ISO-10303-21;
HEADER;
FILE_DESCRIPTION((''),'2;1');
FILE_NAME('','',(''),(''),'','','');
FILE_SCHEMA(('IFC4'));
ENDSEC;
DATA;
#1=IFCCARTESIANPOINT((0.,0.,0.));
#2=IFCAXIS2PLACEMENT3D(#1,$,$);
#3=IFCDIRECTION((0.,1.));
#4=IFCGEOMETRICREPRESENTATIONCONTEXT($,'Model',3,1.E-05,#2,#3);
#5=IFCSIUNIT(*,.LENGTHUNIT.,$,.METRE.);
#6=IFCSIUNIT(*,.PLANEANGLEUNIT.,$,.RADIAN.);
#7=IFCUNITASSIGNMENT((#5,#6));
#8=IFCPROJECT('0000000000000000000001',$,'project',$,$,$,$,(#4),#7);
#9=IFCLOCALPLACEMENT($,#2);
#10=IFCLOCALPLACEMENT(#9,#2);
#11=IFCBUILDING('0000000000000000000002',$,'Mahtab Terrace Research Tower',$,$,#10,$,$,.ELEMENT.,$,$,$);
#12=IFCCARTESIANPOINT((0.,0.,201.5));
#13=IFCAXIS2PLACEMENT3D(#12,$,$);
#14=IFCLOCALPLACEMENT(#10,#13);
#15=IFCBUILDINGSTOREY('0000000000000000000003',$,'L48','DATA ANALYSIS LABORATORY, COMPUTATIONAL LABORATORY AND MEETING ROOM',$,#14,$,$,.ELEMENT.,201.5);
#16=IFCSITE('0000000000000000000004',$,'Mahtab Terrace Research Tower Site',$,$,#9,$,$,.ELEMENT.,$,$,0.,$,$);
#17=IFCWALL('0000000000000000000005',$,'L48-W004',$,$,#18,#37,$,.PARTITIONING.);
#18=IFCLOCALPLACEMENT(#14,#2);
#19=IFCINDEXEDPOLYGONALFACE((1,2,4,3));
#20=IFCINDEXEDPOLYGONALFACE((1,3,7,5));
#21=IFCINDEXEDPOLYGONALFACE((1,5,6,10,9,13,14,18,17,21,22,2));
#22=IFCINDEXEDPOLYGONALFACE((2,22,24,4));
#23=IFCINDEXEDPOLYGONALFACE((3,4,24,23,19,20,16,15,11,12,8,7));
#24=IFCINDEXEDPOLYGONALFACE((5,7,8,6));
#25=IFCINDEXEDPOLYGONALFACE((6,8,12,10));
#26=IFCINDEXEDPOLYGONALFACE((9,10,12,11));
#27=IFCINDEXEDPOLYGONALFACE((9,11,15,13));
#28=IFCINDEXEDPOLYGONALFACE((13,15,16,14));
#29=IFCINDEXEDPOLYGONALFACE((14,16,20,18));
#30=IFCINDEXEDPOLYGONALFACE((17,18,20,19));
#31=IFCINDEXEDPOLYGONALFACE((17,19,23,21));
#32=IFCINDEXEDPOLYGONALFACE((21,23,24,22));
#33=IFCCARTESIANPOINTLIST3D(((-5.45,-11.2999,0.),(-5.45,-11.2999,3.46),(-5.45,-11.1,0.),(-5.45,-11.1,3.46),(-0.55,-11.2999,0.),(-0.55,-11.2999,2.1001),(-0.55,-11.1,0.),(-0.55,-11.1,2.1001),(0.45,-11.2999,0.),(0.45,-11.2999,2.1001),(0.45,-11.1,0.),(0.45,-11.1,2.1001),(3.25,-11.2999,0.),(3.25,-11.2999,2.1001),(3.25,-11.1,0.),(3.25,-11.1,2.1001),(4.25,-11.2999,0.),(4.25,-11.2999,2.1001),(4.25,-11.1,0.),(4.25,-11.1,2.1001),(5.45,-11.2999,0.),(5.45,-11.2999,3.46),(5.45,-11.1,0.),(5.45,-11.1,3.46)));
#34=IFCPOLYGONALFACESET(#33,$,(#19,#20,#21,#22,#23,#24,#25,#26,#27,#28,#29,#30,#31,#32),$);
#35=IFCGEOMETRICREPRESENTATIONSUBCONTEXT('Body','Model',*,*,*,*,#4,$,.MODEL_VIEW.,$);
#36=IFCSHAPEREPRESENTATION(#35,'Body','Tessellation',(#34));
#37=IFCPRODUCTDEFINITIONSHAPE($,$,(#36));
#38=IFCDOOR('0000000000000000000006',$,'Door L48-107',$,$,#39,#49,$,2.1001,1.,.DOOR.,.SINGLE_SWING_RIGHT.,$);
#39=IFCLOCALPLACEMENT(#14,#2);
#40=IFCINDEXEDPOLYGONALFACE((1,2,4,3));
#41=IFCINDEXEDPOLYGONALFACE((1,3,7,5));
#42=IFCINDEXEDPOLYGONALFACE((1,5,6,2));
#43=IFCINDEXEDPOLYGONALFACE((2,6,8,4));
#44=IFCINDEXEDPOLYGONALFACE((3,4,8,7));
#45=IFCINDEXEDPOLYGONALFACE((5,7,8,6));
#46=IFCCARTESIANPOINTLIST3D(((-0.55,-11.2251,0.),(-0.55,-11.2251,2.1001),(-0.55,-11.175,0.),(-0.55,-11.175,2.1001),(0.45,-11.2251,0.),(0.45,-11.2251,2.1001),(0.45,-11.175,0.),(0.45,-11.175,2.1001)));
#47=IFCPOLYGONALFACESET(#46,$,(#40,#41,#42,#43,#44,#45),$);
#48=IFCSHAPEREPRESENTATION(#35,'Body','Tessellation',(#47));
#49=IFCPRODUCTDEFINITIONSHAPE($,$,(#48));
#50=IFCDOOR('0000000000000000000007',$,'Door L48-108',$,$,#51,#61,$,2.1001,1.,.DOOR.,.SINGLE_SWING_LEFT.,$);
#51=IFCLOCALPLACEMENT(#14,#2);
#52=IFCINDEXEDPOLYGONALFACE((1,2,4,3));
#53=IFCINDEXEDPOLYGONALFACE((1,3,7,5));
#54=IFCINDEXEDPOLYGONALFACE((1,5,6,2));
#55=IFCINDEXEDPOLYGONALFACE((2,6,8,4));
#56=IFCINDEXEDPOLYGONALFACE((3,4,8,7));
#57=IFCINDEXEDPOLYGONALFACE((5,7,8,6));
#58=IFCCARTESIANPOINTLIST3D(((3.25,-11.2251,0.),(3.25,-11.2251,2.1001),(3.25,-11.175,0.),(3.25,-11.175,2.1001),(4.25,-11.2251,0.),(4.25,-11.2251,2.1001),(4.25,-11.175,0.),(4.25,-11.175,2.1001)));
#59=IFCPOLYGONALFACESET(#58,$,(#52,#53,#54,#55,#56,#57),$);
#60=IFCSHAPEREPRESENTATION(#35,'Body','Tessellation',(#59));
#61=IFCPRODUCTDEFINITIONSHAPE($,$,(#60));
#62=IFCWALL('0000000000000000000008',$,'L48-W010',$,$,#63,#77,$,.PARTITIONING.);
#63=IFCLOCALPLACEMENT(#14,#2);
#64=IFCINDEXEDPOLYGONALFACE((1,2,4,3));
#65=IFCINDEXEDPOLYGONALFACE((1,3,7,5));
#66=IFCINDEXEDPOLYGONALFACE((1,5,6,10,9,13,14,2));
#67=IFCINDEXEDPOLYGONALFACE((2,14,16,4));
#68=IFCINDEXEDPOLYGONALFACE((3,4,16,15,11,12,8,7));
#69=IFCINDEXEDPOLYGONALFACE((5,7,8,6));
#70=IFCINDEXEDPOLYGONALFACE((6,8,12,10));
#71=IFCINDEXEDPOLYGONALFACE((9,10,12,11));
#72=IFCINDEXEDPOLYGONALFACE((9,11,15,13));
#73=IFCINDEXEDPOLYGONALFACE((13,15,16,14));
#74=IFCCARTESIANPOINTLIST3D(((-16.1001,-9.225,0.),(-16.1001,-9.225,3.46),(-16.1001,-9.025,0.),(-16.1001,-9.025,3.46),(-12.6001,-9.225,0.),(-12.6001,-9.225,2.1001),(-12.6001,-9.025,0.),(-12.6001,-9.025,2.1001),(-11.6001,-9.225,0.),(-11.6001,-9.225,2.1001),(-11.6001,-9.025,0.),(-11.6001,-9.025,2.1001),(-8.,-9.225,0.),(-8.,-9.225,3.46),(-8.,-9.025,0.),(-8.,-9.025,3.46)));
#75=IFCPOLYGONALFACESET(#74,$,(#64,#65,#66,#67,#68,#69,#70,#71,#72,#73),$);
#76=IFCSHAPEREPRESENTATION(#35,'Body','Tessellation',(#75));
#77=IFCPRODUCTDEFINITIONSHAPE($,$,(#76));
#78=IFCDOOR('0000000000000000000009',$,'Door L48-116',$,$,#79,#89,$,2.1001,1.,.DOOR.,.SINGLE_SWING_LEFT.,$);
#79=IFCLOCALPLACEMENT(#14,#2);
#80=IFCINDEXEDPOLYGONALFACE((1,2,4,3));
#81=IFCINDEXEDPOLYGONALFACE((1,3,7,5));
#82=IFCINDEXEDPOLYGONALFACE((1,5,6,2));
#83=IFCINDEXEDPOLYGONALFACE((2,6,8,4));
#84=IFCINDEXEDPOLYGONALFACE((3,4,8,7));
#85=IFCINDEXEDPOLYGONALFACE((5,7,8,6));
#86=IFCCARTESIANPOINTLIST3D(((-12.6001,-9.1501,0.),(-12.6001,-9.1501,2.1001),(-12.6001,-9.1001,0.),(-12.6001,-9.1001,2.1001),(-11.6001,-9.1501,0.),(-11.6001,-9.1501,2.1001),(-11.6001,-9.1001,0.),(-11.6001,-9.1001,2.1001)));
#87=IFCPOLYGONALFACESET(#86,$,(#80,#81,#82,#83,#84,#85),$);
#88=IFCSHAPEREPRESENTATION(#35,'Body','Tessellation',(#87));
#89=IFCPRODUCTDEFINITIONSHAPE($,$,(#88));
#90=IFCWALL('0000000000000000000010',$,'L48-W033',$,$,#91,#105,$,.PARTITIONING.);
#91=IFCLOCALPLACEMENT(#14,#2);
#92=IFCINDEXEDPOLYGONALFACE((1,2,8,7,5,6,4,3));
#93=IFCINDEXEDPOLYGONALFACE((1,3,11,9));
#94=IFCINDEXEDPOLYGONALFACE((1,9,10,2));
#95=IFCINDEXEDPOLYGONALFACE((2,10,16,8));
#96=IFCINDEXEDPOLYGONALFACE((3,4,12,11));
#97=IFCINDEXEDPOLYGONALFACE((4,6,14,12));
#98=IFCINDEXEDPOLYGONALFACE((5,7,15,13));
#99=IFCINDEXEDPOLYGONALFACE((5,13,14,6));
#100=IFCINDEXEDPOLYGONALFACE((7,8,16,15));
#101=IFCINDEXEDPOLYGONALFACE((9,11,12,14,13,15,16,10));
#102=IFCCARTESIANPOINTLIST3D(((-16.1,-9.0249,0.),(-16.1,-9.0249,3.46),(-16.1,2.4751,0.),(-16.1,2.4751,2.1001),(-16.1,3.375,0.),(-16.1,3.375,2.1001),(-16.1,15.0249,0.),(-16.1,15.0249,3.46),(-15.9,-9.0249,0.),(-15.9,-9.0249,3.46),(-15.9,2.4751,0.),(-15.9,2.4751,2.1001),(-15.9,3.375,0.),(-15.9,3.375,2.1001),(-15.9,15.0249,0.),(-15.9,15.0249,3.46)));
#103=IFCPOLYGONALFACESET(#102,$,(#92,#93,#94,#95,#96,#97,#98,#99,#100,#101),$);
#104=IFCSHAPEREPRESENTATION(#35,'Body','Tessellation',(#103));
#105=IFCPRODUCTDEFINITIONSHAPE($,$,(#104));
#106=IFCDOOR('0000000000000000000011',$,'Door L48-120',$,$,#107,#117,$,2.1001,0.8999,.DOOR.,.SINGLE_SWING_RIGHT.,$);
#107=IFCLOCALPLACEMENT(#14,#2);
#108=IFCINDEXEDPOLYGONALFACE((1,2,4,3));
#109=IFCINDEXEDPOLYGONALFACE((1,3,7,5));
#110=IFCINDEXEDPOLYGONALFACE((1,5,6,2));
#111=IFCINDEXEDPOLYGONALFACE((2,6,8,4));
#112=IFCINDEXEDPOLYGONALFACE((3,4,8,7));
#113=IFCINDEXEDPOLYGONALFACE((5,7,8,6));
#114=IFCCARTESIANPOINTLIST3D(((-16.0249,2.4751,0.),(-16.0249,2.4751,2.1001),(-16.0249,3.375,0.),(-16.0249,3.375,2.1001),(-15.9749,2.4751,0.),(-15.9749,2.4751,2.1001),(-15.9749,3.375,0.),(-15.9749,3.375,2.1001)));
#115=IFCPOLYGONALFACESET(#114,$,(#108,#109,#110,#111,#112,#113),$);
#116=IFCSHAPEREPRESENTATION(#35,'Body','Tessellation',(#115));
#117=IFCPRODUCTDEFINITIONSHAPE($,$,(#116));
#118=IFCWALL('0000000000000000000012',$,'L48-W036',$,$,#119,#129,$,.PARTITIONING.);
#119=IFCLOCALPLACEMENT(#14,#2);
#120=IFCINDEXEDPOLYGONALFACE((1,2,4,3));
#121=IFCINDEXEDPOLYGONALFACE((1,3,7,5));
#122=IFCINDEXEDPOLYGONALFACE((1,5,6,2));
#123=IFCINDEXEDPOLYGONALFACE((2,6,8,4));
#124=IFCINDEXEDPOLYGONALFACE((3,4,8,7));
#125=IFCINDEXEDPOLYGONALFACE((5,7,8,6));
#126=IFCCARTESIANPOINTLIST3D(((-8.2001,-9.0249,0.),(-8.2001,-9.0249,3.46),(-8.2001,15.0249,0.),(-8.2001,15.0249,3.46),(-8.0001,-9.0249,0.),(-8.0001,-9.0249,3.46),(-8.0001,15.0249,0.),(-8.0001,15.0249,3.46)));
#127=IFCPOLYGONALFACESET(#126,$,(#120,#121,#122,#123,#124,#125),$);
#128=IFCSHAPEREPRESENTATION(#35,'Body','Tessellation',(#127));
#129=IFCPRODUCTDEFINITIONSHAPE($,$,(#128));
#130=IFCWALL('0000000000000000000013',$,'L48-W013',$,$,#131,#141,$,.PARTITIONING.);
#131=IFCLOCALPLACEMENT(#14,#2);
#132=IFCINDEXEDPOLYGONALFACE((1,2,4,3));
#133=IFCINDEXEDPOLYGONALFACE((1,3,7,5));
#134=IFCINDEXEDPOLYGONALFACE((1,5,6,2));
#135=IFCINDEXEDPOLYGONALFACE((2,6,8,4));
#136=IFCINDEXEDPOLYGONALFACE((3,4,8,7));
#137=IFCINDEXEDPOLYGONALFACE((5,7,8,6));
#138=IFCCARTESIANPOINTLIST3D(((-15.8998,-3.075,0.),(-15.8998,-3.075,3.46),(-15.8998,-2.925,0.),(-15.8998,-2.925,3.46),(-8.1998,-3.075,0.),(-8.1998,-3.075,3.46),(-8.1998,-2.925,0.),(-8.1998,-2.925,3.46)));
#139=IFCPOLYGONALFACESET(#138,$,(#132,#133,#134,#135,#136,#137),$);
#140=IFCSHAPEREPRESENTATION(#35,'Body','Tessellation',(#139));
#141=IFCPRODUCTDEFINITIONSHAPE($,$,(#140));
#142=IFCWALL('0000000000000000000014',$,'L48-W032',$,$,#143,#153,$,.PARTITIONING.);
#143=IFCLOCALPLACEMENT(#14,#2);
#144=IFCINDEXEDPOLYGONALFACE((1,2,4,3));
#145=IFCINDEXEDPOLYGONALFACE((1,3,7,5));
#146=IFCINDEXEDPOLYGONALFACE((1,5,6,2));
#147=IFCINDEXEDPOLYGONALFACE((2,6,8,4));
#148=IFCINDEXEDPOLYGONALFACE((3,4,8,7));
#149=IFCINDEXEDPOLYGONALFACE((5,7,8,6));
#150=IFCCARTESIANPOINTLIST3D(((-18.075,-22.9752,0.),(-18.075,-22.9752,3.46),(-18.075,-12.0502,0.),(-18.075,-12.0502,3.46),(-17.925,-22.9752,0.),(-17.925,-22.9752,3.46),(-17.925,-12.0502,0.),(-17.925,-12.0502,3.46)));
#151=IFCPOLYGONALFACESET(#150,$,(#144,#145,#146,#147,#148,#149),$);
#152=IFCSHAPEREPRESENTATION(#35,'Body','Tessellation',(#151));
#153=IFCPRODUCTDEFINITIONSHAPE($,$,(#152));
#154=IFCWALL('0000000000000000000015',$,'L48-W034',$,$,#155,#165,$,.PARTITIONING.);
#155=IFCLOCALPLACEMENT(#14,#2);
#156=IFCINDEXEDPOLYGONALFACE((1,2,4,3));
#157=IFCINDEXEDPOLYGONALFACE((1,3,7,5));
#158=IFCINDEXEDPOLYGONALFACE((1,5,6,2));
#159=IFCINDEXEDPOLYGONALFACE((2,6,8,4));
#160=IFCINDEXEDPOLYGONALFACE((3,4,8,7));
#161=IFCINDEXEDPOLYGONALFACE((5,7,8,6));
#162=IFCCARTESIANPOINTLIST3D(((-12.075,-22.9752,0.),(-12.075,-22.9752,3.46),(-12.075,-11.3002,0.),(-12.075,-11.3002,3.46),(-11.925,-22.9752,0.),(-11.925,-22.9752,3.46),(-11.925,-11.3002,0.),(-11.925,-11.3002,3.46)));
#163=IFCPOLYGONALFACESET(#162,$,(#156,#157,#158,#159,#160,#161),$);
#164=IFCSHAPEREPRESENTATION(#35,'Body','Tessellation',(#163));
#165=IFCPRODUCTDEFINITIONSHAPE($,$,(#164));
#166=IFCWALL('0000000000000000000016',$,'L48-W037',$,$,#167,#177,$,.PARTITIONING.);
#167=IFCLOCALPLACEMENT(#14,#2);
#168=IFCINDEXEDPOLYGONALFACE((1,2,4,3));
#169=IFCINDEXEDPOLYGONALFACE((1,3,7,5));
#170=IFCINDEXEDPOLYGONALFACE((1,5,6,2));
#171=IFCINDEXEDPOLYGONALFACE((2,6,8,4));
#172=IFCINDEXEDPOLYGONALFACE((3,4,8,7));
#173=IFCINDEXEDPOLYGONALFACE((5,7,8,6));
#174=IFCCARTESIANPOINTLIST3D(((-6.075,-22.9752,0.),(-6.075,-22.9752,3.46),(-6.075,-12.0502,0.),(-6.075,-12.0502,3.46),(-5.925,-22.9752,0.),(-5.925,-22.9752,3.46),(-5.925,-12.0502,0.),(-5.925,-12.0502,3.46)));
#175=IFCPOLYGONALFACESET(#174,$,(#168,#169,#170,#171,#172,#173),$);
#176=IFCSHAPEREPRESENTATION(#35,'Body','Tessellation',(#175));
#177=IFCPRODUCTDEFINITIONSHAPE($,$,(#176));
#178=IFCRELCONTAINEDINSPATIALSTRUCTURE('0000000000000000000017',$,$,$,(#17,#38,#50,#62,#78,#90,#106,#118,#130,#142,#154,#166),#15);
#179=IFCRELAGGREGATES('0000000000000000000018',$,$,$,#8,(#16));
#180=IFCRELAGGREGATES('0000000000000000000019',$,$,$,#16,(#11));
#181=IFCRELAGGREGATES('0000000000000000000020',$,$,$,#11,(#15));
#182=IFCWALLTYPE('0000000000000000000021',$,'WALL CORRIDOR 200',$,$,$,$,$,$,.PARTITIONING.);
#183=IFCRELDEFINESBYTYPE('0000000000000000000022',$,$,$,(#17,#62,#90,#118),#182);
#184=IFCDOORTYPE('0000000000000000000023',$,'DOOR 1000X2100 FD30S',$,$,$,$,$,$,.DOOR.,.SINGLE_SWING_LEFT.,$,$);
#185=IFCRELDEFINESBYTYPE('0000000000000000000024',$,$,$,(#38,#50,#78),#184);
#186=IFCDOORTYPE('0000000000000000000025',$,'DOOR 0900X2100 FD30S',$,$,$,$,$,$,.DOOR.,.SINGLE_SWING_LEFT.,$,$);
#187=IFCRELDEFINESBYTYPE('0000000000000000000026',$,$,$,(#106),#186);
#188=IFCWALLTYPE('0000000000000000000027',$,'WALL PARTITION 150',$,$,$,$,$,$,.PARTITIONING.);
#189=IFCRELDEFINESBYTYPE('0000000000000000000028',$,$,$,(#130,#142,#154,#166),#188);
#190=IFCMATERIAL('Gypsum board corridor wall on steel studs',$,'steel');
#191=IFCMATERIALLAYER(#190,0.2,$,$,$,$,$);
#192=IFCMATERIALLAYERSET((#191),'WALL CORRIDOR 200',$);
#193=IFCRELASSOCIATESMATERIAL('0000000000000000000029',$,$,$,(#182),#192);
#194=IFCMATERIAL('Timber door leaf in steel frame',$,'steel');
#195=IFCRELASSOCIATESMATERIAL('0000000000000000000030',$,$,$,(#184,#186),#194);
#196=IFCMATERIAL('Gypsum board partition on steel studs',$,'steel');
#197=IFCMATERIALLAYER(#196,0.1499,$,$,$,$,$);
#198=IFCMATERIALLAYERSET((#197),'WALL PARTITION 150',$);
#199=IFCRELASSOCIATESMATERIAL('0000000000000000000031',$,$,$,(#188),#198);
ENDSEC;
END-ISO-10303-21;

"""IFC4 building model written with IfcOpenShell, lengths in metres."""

from ifc_helpers import new_model, si_unit, direction, frame, frame_2d, origin, place, context, subcontext, project, spatial, rectangle, extrude, material, layer, layer_set, type_object, element, fill, save


model = new_model("IFC4")

# Units and contexts
model_context = context("Model", 3, precision=1e-05, world=origin(), true_north=direction((0.0, 1.0)))
body_context = subcontext(model_context, "Body", "Model", "MODEL_VIEW")
ifc_project = project(units=[si_unit("LENGTHUNIT", "METRE"), si_unit("PLANEANGLEUNIT", "RADIAN")], contexts=[model_context])

# Site, building, storey
site_placement = place(None, origin())
site = spatial("IfcSite", under=ifc_project, at=site_placement, Name="Mahtab Terrace Research Tower Site", CompositionType="ELEMENT", RefElevation=0.0)
building_placement = place(site_placement, origin())
building = spatial("IfcBuilding", under=site, at=building_placement, Name="Mahtab Terrace Research Tower", CompositionType="ELEMENT")
storey_placement = place(building_placement, frame((0.0, 0.0, 201.5)))
storey = spatial("IfcBuildingStorey", under=building, at=storey_placement, Name="L48", Description="DATA ANALYSIS LABORATORY, COMPUTATIONAL LABORATORY AND MEETING ROOM", CompositionType="ELEMENT", Elevation=201.5)

# Wall, openings, doors
ifc_material_1 = material(Name="Gypsum board corridor wall on steel studs", Category="steel")
ifc_layer_1 = layer(ifc_material_1, 0.2)
ifc_layer_set_1 = layer_set([ifc_layer_1], Name="WALL CORRIDOR 200")
wall_type_1 = type_object("IfcWallType", Name="WALL CORRIDOR 200", PredefinedType="PARTITIONING", material=ifc_layer_set_1)
ifc_material_2 = material(Name="Timber door leaf in steel frame", Category="steel")
door_type_1 = type_object("IfcDoorType", Name="DOOR 1000X2100 FD30S", OperationType="SINGLE_SWING_LEFT", PredefinedType="DOOR", material=ifc_material_2)
wall_1_placement = place(storey_placement, frame((-5.45, -11.2, 0.0), z_axis=(0.0, 0.0, 1.0), x_axis=(1.0, 0.0, 0.0)))
wall_1 = element("IfcWall", 1, at=wall_1_placement, inside=storey, type_object=wall_type_1, Name="L48-W004", PredefinedType="PARTITIONING", context=body_context, shape_type="SweptSolid", body=[
    extrude(rectangle(XDim=10.8999, YDim=0.2, at=frame_2d((5.45, 0.0))), origin(), (0.0, 0.0, 1.0), 3.46),
])
opening_1_placement = place(wall_1_placement, frame((4.8999, 0.0, 0.0)))
opening_1 = element("IfcOpeningElement", 2, at=opening_1_placement, cuts=wall_1, PredefinedType="OPENING", context=body_context, shape_type="SweptSolid", body=[
    extrude(rectangle(XDim=1.0, YDim=2.1001, at=frame_2d((0.5, 1.05))), frame((0.0, 0.1099, 0.0), z_axis=(0.0, -1.0, 0.0), x_axis=(1.0, 0.0, 0.0)), (0.0, 0.0, 1.0), 0.22),
])
opening_2_placement = place(wall_1_placement, frame((8.7, 0.0, 0.0)))
opening_2 = element("IfcOpeningElement", 3, at=opening_2_placement, cuts=wall_1, PredefinedType="OPENING", context=body_context, shape_type="SweptSolid", body=[
    extrude(rectangle(XDim=1.0, YDim=2.1001, at=frame_2d((0.5, 1.05))), frame((0.0, 0.1099, 0.0), z_axis=(0.0, -1.0, 0.0), x_axis=(1.0, 0.0, 0.0)), (0.0, 0.0, 1.0), 0.22),
])
door_1_placement = place(opening_1_placement, origin())
door_1 = element("IfcDoor", 4, at=door_1_placement, inside=storey, type_object=door_type_1, Name="Door L48-107", OperationType="SINGLE_SWING_RIGHT", OverallHeight=2.1001, OverallWidth=1.0, PredefinedType="DOOR", context=body_context, shape_type="SweptSolid", body=[
    extrude(rectangle(XDim=1.0, YDim=2.1001, at=frame_2d((0.5, 1.05))), frame((0.0, 0.0249, 0.0), z_axis=(0.0, -1.0, 0.0), x_axis=(1.0, 0.0, 0.0)), (0.0, 0.0, 1.0), 0.05),
])
fill(opening_1, door_1)
door_2_placement = place(opening_2_placement, origin())
door_2 = element("IfcDoor", 5, at=door_2_placement, inside=storey, type_object=door_type_1, Name="Door L48-108", OperationType="SINGLE_SWING_LEFT", OverallHeight=2.1001, OverallWidth=1.0, PredefinedType="DOOR", context=body_context, shape_type="SweptSolid", body=[
    extrude(rectangle(XDim=1.0, YDim=2.1001, at=frame_2d((0.5, 1.05))), frame((0.0, 0.0249, 0.0), z_axis=(0.0, -1.0, 0.0), x_axis=(1.0, 0.0, 0.0)), (0.0, 0.0, 1.0), 0.05),
])
fill(opening_2, door_2)

# Walls, openings, doors
wall_2_placement = place(storey_placement, frame((-16.1001, -9.125, 0.0), z_axis=(0.0, 0.0, 1.0), x_axis=(1.0, 0.0, 0.0)))
wall_2 = element("IfcWall", 6, at=wall_2_placement, inside=storey, type_object=wall_type_1, Name="L48-W010", PredefinedType="PARTITIONING", context=body_context, shape_type="SweptSolid", body=[
    extrude(rectangle(XDim=8.1001, YDim=0.2, at=frame_2d((4.05, 0.0))), origin(), (0.0, 0.0, 1.0), 3.46),
])
opening_3_placement = place(wall_2_placement, frame((3.5, 0.0, 0.0)))
opening_3 = element("IfcOpeningElement", 7, at=opening_3_placement, cuts=wall_2, PredefinedType="OPENING", context=body_context, shape_type="SweptSolid", body=[
    extrude(rectangle(XDim=1.0, YDim=2.1001, at=frame_2d((0.5, 1.05))), frame((0.0, 0.1099, 0.0), z_axis=(0.0, -1.0, 0.0), x_axis=(1.0, 0.0, 0.0)), (0.0, 0.0, 1.0), 0.22),
])
door_3_placement = place(opening_3_placement, origin())
door_3 = element("IfcDoor", 8, at=door_3_placement, inside=storey, type_object=door_type_1, Name="Door L48-116", OperationType="SINGLE_SWING_LEFT", OverallHeight=2.1001, OverallWidth=1.0, PredefinedType="DOOR", context=body_context, shape_type="SweptSolid", body=[
    extrude(rectangle(XDim=1.0, YDim=2.1001, at=frame_2d((0.5, 1.05))), frame((0.0, 0.0249, 0.0), z_axis=(0.0, -1.0, 0.0), x_axis=(1.0, 0.0, 0.0)), (0.0, 0.0, 1.0), 0.05),
])
fill(opening_3, door_3)
wall_3_placement = place(storey_placement, frame((-16.0, -9.0249, 0.0), z_axis=(0.0, 0.0, 1.0), x_axis=(0.0, 1.0, 0.0)))
wall_3 = element("IfcWall", 9, at=wall_3_placement, inside=storey, type_object=wall_type_1, Name="L48-W033", PredefinedType="PARTITIONING", context=body_context, shape_type="SweptSolid", body=[
    extrude(rectangle(XDim=24.0498, YDim=0.2, at=frame_2d((12.0249, 0.0))), origin(), (0.0, 0.0, 1.0), 3.46),
])
opening_4_placement = place(wall_3_placement, frame((11.5, 0.0, 0.0)))
opening_4 = element("IfcOpeningElement", 10, at=opening_4_placement, cuts=wall_3, PredefinedType="OPENING", context=body_context, shape_type="SweptSolid", body=[
    extrude(rectangle(XDim=0.8999, YDim=2.1001, at=frame_2d((0.45, 1.05))), frame((0.0, 0.1099, 0.0), z_axis=(0.0, -1.0, 0.0), x_axis=(1.0, 0.0, 0.0)), (0.0, 0.0, 1.0), 0.22),
])
door_type_2 = type_object("IfcDoorType", Name="DOOR 0900X2100 FD30S", OperationType="SINGLE_SWING_LEFT", PredefinedType="DOOR", material=ifc_material_2)
door_4_placement = place(opening_4_placement, origin())
door_4 = element("IfcDoor", 11, at=door_4_placement, inside=storey, type_object=door_type_2, Name="Door L48-120", OperationType="SINGLE_SWING_RIGHT", OverallHeight=2.1001, OverallWidth=0.8999, PredefinedType="DOOR", context=body_context, shape_type="SweptSolid", body=[
    extrude(rectangle(XDim=0.8999, YDim=2.1001, at=frame_2d((0.45, 1.05))), frame((0.0, 0.0249, 0.0), z_axis=(0.0, -1.0, 0.0), x_axis=(1.0, 0.0, 0.0)), (0.0, 0.0, 1.0), 0.05),
])
fill(opening_4, door_4)

# Walls
wall_4_placement = place(storey_placement, frame((-8.1001, -9.0249, 0.0), z_axis=(0.0, 0.0, 1.0), x_axis=(0.0, 1.0, 0.0)))
element("IfcWall", 12, at=wall_4_placement, inside=storey, type_object=wall_type_1, Name="L48-W036", PredefinedType="PARTITIONING", context=body_context, shape_type="SweptSolid", body=[
    extrude(rectangle(XDim=24.0498, YDim=0.2, at=frame_2d((12.0249, 0.0))), origin(), (0.0, 0.0, 1.0), 3.46),
])
ifc_material_3 = material(Name="Gypsum board partition on steel studs", Category="steel")
ifc_layer_2 = layer(ifc_material_3, 0.1499)
ifc_layer_set_2 = layer_set([ifc_layer_2], Name="WALL PARTITION 150")
wall_type_2 = type_object("IfcWallType", Name="WALL PARTITION 150", PredefinedType="PARTITIONING", material=ifc_layer_set_2)
wall_5_placement = place(storey_placement, frame((-15.8999, -3.0, 0.0), z_axis=(0.0, 0.0, 1.0), x_axis=(1.0, 0.0, 0.0)))
element("IfcWall", 13, at=wall_5_placement, inside=storey, type_object=wall_type_2, Name="L48-W013", PredefinedType="PARTITIONING", context=body_context, shape_type="SweptSolid", body=[
    extrude(rectangle(XDim=7.7, YDim=0.1499, at=frame_2d((3.8501, 0.0))), origin(), (0.0, 0.0, 1.0), 3.46),
])
wall_6_placement = place(storey_placement, frame((-18.0, -22.9751, 0.0), z_axis=(0.0, 0.0, 1.0), x_axis=(0.0, 1.0, 0.0)))
element("IfcWall", 14, at=wall_6_placement, inside=storey, type_object=wall_type_2, Name="L48-W032", PredefinedType="PARTITIONING", context=body_context, shape_type="SweptSolid", body=[
    extrude(rectangle(XDim=10.925, YDim=0.1499, at=frame_2d((5.4624, 0.0))), origin(), (0.0, 0.0, 1.0), 3.46),
])
wall_7_placement = place(storey_placement, frame((-12.0, -22.9751, 0.0), z_axis=(0.0, 0.0, 1.0), x_axis=(0.0, 1.0, 0.0)))
element("IfcWall", 15, at=wall_7_placement, inside=storey, type_object=wall_type_2, Name="L48-W034", PredefinedType="PARTITIONING", context=body_context, shape_type="SweptSolid", body=[
    extrude(rectangle(XDim=11.675, YDim=0.1499, at=frame_2d((5.8374, 0.0))), origin(), (0.0, 0.0, 1.0), 3.46),
])
wall_8_placement = place(storey_placement, frame((-6.0, -22.9751, 0.0), z_axis=(0.0, 0.0, 1.0), x_axis=(0.0, 1.0, 0.0)))
element("IfcWall", 16, at=wall_8_placement, inside=storey, type_object=wall_type_2, Name="L48-W037", PredefinedType="PARTITIONING", context=body_context, shape_type="SweptSolid", body=[
    extrude(rectangle(XDim=10.925, YDim=0.1499, at=frame_2d((5.4624, 0.0))), origin(), (0.0, 0.0, 1.0), 3.46),
])

save(model, "model.ifc")
